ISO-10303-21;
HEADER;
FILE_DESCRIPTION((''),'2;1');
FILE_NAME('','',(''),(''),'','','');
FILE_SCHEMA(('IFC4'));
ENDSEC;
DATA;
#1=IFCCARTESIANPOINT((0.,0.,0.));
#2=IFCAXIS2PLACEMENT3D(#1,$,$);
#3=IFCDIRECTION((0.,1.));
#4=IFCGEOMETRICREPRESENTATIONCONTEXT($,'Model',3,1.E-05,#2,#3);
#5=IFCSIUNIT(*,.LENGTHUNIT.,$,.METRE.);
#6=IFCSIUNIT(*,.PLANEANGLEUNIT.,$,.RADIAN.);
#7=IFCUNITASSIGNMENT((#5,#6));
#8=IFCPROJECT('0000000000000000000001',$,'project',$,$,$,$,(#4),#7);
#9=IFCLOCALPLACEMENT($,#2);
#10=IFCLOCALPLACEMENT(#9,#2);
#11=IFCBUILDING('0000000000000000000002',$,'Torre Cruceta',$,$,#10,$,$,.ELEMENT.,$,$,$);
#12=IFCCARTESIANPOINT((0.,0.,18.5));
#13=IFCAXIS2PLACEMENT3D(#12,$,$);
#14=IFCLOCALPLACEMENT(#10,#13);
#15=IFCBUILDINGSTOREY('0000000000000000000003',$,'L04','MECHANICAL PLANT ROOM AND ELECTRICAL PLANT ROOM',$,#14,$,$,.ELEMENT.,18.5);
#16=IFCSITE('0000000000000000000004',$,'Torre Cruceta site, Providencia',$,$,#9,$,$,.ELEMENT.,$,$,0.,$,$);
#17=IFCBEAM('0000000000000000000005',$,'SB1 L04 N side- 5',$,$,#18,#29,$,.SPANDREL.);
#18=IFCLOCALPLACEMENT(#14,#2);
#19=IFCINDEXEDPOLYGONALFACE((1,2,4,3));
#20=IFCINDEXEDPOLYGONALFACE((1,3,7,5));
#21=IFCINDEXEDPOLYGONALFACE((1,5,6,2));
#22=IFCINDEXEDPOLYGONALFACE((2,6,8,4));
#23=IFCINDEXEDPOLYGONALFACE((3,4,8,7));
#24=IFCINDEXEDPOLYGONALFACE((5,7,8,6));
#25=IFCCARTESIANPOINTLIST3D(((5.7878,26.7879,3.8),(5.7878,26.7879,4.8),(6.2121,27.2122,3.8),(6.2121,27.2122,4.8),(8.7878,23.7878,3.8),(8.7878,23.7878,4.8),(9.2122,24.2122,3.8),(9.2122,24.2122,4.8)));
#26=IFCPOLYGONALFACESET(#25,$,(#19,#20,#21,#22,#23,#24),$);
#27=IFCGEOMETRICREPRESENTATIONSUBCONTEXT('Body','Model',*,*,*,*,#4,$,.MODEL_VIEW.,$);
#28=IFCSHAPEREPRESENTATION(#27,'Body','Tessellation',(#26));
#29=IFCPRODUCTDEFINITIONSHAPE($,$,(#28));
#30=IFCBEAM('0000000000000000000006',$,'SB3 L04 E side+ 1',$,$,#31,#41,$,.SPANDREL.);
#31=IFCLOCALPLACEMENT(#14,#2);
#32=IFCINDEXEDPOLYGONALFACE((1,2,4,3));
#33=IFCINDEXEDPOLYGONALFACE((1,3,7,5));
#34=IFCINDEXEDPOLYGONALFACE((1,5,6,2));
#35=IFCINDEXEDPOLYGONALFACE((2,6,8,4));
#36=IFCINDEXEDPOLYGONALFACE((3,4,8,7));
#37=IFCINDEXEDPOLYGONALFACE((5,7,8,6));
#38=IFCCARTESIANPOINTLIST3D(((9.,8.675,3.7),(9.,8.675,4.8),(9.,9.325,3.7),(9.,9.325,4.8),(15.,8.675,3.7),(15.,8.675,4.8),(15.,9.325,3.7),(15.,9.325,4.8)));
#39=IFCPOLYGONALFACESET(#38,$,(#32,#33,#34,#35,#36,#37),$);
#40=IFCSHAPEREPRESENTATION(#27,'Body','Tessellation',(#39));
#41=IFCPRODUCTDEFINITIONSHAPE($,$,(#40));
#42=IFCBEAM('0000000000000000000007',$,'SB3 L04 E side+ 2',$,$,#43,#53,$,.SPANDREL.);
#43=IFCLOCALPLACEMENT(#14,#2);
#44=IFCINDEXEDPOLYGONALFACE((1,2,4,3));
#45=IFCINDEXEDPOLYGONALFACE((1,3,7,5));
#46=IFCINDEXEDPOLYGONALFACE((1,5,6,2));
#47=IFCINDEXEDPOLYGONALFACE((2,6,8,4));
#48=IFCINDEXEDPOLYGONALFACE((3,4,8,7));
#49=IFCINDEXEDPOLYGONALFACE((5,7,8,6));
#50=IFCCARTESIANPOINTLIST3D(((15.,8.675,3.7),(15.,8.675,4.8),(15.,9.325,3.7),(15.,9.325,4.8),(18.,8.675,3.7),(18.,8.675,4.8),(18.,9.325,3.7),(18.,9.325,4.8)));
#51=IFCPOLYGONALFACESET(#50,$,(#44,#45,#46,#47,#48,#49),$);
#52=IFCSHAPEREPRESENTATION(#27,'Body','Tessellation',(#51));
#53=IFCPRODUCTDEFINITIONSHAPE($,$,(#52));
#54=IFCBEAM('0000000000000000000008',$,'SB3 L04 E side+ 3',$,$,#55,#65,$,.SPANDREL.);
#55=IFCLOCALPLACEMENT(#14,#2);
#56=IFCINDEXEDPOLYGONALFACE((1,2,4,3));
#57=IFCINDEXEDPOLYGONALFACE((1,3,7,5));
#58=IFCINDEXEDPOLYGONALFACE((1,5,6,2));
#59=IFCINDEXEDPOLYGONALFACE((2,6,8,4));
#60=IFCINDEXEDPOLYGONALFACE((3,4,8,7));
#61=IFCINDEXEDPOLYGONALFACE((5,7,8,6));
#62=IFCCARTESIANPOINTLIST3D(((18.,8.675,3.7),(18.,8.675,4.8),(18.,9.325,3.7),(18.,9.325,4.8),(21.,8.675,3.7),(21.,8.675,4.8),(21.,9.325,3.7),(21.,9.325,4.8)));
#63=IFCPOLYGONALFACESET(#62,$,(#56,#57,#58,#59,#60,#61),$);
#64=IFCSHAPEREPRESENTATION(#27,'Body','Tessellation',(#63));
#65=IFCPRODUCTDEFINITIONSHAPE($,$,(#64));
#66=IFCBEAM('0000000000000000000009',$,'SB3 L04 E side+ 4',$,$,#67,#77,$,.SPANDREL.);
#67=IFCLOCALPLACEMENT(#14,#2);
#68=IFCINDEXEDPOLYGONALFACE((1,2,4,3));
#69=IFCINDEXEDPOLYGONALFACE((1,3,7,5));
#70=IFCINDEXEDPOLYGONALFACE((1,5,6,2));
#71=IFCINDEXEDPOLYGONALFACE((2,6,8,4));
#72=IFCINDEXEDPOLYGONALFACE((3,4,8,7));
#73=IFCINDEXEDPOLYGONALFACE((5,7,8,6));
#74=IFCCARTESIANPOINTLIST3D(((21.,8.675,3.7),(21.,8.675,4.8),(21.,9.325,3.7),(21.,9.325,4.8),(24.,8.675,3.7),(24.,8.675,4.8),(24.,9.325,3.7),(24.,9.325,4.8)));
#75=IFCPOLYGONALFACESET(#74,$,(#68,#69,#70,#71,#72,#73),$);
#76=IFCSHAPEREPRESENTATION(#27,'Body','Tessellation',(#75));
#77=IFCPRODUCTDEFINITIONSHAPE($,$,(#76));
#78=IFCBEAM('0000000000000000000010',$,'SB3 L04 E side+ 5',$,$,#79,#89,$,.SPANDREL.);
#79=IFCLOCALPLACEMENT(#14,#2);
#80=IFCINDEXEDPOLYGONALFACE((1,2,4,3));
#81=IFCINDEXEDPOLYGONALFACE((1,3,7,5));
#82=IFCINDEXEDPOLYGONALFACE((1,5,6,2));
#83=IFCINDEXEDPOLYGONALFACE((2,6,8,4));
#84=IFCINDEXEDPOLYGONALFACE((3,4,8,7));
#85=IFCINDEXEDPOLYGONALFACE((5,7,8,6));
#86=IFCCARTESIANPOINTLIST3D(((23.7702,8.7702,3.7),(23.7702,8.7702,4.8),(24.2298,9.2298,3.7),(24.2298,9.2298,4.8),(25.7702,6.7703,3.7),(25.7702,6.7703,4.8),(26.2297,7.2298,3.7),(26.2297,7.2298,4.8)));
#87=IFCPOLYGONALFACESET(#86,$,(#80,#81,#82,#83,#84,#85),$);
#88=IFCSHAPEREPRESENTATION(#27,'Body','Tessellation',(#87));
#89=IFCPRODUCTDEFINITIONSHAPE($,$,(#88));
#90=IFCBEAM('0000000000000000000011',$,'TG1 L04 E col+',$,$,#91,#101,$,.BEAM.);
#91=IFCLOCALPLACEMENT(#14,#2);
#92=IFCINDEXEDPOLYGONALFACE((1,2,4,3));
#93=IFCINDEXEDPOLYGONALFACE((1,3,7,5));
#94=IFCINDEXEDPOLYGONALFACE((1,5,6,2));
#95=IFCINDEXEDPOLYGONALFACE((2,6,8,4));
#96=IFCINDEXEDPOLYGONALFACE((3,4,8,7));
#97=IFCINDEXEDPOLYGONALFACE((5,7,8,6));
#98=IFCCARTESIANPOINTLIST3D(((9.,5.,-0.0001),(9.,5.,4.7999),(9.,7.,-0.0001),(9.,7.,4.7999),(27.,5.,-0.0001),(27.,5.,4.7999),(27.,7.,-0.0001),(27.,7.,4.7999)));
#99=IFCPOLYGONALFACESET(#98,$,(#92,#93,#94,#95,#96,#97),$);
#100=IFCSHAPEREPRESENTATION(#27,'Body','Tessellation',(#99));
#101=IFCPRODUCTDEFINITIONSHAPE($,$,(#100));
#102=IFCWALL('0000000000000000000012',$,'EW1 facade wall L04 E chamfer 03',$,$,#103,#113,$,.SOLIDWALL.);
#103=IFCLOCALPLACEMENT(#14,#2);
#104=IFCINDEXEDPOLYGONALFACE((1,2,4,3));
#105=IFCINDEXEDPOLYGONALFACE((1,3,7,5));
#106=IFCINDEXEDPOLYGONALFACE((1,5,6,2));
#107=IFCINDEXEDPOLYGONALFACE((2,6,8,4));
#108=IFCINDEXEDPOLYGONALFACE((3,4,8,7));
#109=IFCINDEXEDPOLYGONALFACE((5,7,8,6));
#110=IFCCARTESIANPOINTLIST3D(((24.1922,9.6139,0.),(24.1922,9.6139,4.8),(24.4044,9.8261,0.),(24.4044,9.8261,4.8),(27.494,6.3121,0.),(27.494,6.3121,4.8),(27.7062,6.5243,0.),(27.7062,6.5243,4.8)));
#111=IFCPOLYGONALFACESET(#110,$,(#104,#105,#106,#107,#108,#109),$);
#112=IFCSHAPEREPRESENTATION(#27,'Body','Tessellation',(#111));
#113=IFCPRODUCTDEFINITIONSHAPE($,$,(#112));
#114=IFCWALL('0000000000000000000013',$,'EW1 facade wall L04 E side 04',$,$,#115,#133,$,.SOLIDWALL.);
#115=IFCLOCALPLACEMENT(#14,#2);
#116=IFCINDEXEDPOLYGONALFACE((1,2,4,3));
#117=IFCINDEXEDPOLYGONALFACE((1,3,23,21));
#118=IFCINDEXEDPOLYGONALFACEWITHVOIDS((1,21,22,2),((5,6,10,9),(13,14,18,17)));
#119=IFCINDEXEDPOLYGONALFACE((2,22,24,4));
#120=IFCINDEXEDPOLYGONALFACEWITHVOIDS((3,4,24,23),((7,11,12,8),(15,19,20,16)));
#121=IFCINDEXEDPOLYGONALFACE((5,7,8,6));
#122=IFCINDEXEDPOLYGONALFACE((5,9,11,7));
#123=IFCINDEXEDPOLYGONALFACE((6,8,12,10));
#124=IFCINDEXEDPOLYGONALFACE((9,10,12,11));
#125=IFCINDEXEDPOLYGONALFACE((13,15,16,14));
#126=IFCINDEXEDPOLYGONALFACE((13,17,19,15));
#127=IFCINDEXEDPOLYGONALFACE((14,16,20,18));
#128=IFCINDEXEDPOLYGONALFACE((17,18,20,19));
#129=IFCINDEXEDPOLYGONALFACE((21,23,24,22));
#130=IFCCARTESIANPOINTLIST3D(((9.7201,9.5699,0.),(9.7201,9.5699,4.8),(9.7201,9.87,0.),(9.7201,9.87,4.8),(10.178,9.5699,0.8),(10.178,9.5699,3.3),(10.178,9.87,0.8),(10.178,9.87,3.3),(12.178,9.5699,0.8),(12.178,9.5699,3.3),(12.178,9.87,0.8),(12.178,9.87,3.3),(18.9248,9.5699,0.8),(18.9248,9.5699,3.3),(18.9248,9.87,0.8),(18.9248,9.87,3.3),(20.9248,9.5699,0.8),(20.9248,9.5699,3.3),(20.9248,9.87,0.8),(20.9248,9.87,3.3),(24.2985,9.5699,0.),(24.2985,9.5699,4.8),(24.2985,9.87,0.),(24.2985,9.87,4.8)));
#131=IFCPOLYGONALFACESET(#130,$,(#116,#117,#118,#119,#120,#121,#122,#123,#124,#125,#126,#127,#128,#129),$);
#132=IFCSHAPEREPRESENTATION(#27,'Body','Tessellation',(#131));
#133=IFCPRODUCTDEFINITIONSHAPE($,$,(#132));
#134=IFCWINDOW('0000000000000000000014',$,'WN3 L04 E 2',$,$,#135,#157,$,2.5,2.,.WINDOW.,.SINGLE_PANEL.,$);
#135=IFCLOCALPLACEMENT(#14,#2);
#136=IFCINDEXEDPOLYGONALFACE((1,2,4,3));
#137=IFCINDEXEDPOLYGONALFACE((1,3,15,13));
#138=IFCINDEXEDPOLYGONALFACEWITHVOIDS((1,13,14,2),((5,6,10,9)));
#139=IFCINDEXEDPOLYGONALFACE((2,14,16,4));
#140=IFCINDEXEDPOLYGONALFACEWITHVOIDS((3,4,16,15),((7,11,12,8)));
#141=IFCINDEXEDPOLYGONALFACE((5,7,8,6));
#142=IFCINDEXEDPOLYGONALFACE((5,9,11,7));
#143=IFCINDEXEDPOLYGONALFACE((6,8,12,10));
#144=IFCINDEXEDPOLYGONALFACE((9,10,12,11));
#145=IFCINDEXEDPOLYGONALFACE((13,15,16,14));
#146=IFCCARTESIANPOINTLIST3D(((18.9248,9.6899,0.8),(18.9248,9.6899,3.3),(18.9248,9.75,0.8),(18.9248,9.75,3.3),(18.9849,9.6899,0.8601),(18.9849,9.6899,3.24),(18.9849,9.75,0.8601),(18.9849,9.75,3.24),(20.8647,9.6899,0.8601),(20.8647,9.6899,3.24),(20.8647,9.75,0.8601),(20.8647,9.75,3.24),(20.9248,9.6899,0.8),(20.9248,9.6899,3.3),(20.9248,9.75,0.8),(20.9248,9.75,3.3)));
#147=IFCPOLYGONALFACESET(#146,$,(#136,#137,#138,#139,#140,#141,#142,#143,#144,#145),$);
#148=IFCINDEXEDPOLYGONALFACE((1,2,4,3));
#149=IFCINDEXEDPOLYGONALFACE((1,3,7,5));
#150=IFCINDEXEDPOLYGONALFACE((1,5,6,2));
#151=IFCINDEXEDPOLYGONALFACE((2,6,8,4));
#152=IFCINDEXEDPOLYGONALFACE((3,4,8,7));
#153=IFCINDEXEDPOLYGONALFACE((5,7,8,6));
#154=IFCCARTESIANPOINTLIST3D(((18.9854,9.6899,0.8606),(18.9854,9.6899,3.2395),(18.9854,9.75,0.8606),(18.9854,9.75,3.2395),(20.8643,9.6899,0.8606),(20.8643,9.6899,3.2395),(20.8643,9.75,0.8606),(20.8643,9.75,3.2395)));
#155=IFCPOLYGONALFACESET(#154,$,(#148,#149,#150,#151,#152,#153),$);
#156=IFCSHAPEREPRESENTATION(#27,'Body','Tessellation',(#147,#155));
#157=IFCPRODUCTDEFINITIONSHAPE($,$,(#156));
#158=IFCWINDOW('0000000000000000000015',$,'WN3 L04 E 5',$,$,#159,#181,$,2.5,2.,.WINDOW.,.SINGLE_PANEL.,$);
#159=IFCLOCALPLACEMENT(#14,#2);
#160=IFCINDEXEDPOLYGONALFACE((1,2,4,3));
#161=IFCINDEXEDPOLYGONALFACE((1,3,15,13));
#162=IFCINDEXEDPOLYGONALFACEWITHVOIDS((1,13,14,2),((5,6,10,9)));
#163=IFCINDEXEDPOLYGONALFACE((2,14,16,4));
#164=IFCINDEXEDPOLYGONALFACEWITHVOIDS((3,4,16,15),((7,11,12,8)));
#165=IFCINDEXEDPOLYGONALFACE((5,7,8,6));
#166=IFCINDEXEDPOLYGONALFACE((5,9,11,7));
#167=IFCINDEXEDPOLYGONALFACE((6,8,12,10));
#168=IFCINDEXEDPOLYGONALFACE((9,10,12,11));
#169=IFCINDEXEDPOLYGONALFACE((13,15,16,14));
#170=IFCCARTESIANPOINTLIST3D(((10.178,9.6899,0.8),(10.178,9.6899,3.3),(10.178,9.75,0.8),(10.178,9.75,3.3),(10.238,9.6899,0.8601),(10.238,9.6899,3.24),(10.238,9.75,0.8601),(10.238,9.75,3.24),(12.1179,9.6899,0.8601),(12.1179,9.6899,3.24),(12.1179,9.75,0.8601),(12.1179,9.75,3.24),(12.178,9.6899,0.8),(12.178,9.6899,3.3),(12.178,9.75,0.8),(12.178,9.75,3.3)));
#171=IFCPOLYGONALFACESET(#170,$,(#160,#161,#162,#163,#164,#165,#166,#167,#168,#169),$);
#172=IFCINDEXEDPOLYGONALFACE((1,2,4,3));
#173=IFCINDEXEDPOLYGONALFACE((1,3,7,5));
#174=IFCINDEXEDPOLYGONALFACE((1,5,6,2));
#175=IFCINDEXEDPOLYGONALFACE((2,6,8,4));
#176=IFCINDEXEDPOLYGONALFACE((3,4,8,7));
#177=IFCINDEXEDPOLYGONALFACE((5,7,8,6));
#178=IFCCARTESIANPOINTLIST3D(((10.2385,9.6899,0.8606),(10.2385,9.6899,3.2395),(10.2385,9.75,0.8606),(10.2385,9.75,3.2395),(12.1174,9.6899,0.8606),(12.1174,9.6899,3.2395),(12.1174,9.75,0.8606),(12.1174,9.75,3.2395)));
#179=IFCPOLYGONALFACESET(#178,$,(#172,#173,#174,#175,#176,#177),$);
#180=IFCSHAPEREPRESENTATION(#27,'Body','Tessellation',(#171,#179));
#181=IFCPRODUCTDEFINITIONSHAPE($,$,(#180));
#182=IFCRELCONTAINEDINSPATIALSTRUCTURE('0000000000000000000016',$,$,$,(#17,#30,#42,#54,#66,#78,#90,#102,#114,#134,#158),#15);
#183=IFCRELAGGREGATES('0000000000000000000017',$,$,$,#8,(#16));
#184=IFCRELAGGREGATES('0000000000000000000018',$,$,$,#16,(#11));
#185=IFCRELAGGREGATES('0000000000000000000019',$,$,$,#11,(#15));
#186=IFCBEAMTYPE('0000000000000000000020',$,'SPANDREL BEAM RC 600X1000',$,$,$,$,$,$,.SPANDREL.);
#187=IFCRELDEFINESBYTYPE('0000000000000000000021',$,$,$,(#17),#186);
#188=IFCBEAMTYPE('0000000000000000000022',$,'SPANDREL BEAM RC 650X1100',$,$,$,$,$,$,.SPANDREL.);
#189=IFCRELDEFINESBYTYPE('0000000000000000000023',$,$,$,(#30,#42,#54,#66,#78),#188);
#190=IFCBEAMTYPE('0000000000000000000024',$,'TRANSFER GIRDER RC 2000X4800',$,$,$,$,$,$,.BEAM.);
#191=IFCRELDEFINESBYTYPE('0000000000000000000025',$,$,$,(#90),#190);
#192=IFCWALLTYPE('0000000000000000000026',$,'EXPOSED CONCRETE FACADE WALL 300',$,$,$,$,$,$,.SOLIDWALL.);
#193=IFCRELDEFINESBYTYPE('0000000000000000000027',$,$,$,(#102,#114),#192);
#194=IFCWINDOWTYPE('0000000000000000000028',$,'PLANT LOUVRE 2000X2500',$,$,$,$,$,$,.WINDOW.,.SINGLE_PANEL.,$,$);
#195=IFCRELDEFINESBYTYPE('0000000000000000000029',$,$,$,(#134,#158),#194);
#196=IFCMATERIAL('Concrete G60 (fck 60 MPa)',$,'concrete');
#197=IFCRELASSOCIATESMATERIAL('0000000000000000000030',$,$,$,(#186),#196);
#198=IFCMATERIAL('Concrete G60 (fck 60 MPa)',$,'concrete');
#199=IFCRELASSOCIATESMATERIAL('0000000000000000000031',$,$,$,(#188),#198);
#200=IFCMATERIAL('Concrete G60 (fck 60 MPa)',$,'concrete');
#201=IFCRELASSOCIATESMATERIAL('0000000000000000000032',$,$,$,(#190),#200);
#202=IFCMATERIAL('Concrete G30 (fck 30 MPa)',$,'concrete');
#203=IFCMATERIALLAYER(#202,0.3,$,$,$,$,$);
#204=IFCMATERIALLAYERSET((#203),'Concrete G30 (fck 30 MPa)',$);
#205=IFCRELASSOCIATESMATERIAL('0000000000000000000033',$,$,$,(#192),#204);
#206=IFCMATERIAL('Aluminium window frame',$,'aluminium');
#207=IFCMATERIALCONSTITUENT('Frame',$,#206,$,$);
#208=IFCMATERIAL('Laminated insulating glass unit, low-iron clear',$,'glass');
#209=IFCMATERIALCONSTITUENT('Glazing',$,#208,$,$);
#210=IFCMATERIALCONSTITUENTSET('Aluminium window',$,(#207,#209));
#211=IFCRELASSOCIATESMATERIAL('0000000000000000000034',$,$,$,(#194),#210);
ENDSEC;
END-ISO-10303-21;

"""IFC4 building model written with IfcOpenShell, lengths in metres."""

from ifc_helpers import new_model, si_unit, direction, frame, frame_2d, origin, origin_2d, place, context, subcontext, project, spatial, rectangle, hollow_rectangle, extrude, material, layer, layer_set, constituent, constituent_set, material_profile, profile_set, type_object, element, fill, save


model = new_model("IFC4")

# Units and contexts
model_context = context("Model", 3, precision=1e-05, world=origin(), true_north=direction((0.0, 1.0)))
body_context = subcontext(model_context, "Body", "Model", "MODEL_VIEW")
ifc_project = project(units=[si_unit("LENGTHUNIT", "METRE"), si_unit("PLANEANGLEUNIT", "RADIAN")], contexts=[model_context])

# Site, building, storey
site_placement = place(None, origin())
site = spatial("IfcSite", under=ifc_project, at=site_placement, Name="Torre Cruceta site, Providencia", CompositionType="ELEMENT", RefElevation=0.0)
building_placement = place(site_placement, origin())
building = spatial("IfcBuilding", under=site, at=building_placement, Name="Torre Cruceta", CompositionType="ELEMENT")
storey_placement = place(building_placement, frame((0.0, 0.0, 18.5)))
storey = spatial("IfcBuildingStorey", under=building, at=storey_placement, Name="L04", Description="MECHANICAL PLANT ROOM AND ELECTRICAL PLANT ROOM", CompositionType="ELEMENT", Elevation=18.5)

# Beams
ifc_material_1 = material(Name="Concrete G60 (fck 60 MPa)", Category="concrete")
ifc_material_profile_1 = material_profile(ifc_material_1, rectangle(XDim=0.6001, YDim=1.0, at=origin_2d()), Name="RC 600X1000")
ifc_profile_set_1 = profile_set([ifc_material_profile_1], Name="Concrete G60 (fck 60 MPa)")
beam_type_1 = type_object("IfcBeamType", Name="SPANDREL BEAM RC 600X1000", PredefinedType="SPANDREL", material=ifc_profile_set_1)
beam_1_placement = place(storey_placement, frame((9.0, 24.0, 4.3), z_axis=(-0.707107, 0.707107, 0.0), x_axis=(-0.707107, -0.707107, 0.0)))
element("IfcBeam", 1, at=beam_1_placement, inside=storey, type_object=beam_type_1, Name="SB1 L04 N side- 5", PredefinedType="SPANDREL", context=body_context, shape_type="SweptSolid", body=[
    extrude(rectangle(XDim=0.6001, YDim=1.0, at=origin_2d()), origin(), (0.0, 0.0, 1.0), 4.2427),
])
ifc_material_2 = material(Name="Concrete G60 (fck 60 MPa)", Category="concrete")
ifc_material_profile_2 = material_profile(ifc_material_2, rectangle(XDim=0.6499, YDim=1.1001, at=origin_2d()), Name="RC 650X1100")
ifc_profile_set_2 = profile_set([ifc_material_profile_2], Name="Concrete G60 (fck 60 MPa)")
beam_type_2 = type_object("IfcBeamType", Name="SPANDREL BEAM RC 650X1100", PredefinedType="SPANDREL", material=ifc_profile_set_2)
beam_2_placement = place(storey_placement, frame((9.0, 9.0, 4.25), z_axis=(1.0, 0.0, 0.0), x_axis=(0.0, 1.0, 0.0)))
element("IfcBeam", 2, at=beam_2_placement, inside=storey, type_object=beam_type_2, Name="SB3 L04 E side+ 1", PredefinedType="SPANDREL", context=body_context, shape_type="SweptSolid", body=[
    extrude(rectangle(XDim=0.6499, YDim=1.1001, at=origin_2d()), origin(), (0.0, 0.0, 1.0), 6.0),
])
for number, where, z_axis, x_axis, name in (
    (3, (15.0, 9.0, 4.25), (1.0, 0.0, 0.0), (0.0, 1.0, 0.0), "SB3 L04 E side+ 2"),
    (4, (18.0, 9.0, 4.25), (1.0, 0.0, 0.0), (0.0, 1.0, 0.0), "SB3 L04 E side+ 3"),
    (5, (21.0, 9.0, 4.25), (1.0, 0.0, 0.0), (0.0, 1.0, 0.0), "SB3 L04 E side+ 4"),
):
    element("IfcBeam", number, at=place(storey_placement, frame(where, z_axis=z_axis, x_axis=x_axis)), inside=storey, type_object=beam_type_2, Name=name, PredefinedType="SPANDREL", context=body_context, shape_type="SweptSolid", body=[
        extrude(rectangle(XDim=0.6499, YDim=1.1001, at=origin_2d()), origin(), (0.0, 0.0, 1.0), 3.0),
    ])
beam_3_placement = place(storey_placement, frame((24.0, 9.0, 4.25), z_axis=(0.707107, -0.707107, 0.0), x_axis=(0.707107, 0.707107, 0.0)))
element("IfcBeam", 6, at=beam_3_placement, inside=storey, type_object=beam_type_2, Name="SB3 L04 E side+ 5", PredefinedType="SPANDREL", context=body_context, shape_type="SweptSolid", body=[
    extrude(rectangle(XDim=0.6499, YDim=1.1001, at=origin_2d()), origin(), (0.0, 0.0, 1.0), 2.8284),
])
ifc_material_3 = material(Name="Concrete G60 (fck 60 MPa)", Category="concrete")
ifc_material_profile_3 = material_profile(ifc_material_3, rectangle(XDim=2.0, YDim=4.8, at=origin_2d()), Name="RC 2000X4800")
ifc_profile_set_3 = profile_set([ifc_material_profile_3], Name="Concrete G60 (fck 60 MPa)")
beam_type_3 = type_object("IfcBeamType", Name="TRANSFER GIRDER RC 2000X4800", PredefinedType="BEAM", material=ifc_profile_set_3)
beam_4_placement = place(storey_placement, frame((9.0, 6.0, 2.3999), z_axis=(1.0, 0.0, 0.0), x_axis=(0.0, 1.0, 0.0)))
element("IfcBeam", 7, at=beam_4_placement, inside=storey, type_object=beam_type_3, Name="TG1 L04 E col+", PredefinedType="BEAM", context=body_context, shape_type="SweptSolid", body=[
    extrude(rectangle(XDim=2.0, YDim=4.8, at=origin_2d()), origin(), (0.0, 0.0, 1.0), 18.0),
])

# Wall
ifc_material_4 = material(Name="Concrete G30 (fck 30 MPa)", Category="concrete")
ifc_layer_1 = layer(ifc_material_4, 0.3)
ifc_layer_set_1 = layer_set([ifc_layer_1], Name="Concrete G30 (fck 30 MPa)")
wall_type_1 = type_object("IfcWallType", Name="EXPOSED CONCRETE FACADE WALL 300", PredefinedType="SOLIDWALL", material=ifc_layer_set_1)
wall_1_placement = place(storey_placement, frame((27.6001, 6.4182, 0.0), z_axis=(0.0, 0.0, 1.0), x_axis=(-0.707107, 0.707107, 0.0)))
element("IfcWall", 8, at=wall_1_placement, inside=storey, type_object=wall_type_1, Name="EW1 facade wall L04 E chamfer 03", PredefinedType="SOLIDWALL", context=body_context, shape_type="SweptSolid", body=[
    extrude(rectangle(XDim=4.6694, YDim=0.3, at=frame_2d((2.3347, 0.0))), origin(), (0.0, 0.0, 1.0), 4.8),
])

# Wall, openings, windows
wall_2_placement = place(storey_placement, frame((24.2983, 9.72, 0.0), z_axis=(0.0, 0.0, 1.0), x_axis=(-1.0, 0.0, 0.0)))
wall_2 = element("IfcWall", 9, at=wall_2_placement, inside=storey, type_object=wall_type_1, Name="EW1 facade wall L04 E side 04", PredefinedType="SOLIDWALL", context=body_context, shape_type="SweptSolid", body=[
    extrude(rectangle(XDim=14.5784, YDim=0.3, at=frame_2d((7.2891, 0.0))), origin(), (0.0, 0.0, 1.0), 4.8),
])
opening_1_placement = place(wall_2_placement, frame((3.3735, 0.0, 0.8)))
opening_1 = element("IfcOpeningElement", 10, at=opening_1_placement, cuts=wall_2, PredefinedType="OPENING", context=body_context, shape_type="SweptSolid", body=[
    extrude(rectangle(XDim=2.0, YDim=2.5, at=frame_2d((1.0, 1.25))), frame((0.0, 0.1599, 0.0), z_axis=(0.0, -1.0, 0.0), x_axis=(1.0, 0.0, 0.0)), (0.0, 0.0, 1.0), 0.3201),
])
opening_2_placement = place(wall_2_placement, frame((12.1204, 0.0, 0.8)))
opening_2 = element("IfcOpeningElement", 11, at=opening_2_placement, cuts=wall_2, PredefinedType="OPENING", context=body_context, shape_type="SweptSolid", body=[
    extrude(rectangle(XDim=2.0, YDim=2.5, at=frame_2d((1.0, 1.25))), frame((0.0, 0.1599, 0.0), z_axis=(0.0, -1.0, 0.0), x_axis=(1.0, 0.0, 0.0)), (0.0, 0.0, 1.0), 0.3201),
])
ifc_material_5 = material(Name="Aluminium window frame", Category="aluminium")
ifc_constituent_1 = constituent(ifc_material_5, Name="Frame")
ifc_material_6 = material(Name="Laminated insulating glass unit, low-iron clear", Category="glass")
ifc_constituent_2 = constituent(ifc_material_6, Name="Glazing")
ifc_constituent_set_1 = constituent_set(constituents=[ifc_constituent_1, ifc_constituent_2], Name="Aluminium window")
window_type = type_object("IfcWindowType", Name="PLANT LOUVRE 2000X2500", PartitioningType="SINGLE_PANEL", PredefinedType="WINDOW", material=ifc_constituent_set_1)
window_1_placement = place(opening_1_placement, origin())
window_1 = element("IfcWindow", 12, at=window_1_placement, inside=storey, type_object=window_type, Name="WN3 L04 E 2", OverallHeight=2.5, OverallWidth=2.0, PartitioningType="SINGLE_PANEL", PredefinedType="WINDOW", context=body_context, shape_type="SweptSolid", body=[
    extrude(hollow_rectangle(XDim=2.0, YDim=2.5, WallThickness=0.0601, at=frame_2d((1.0, 1.25))), frame((0.0, 0.03, 0.0), z_axis=(0.0, -1.0, 0.0), x_axis=(1.0, 0.0, 0.0)), (0.0, 0.0, 1.0), 0.0601),
    extrude(rectangle(XDim=1.8789, YDim=2.3789, at=frame_2d((1.0, 1.25))), frame((0.0, 0.03, 0.0), z_axis=(0.0, -1.0, 0.0), x_axis=(1.0, 0.0, 0.0)), (0.0, 0.0, 1.0), 0.0601),
])
fill(opening_1, window_1)
window_2_placement = place(opening_2_placement, origin())
window_2 = element("IfcWindow", 13, at=window_2_placement, inside=storey, type_object=window_type, Name="WN3 L04 E 5", OverallHeight=2.5, OverallWidth=2.0, PartitioningType="SINGLE_PANEL", PredefinedType="WINDOW", context=body_context, shape_type="SweptSolid", body=[
    extrude(hollow_rectangle(XDim=2.0, YDim=2.5, WallThickness=0.0601, at=frame_2d((1.0, 1.25))), frame((0.0, 0.03, 0.0), z_axis=(0.0, -1.0, 0.0), x_axis=(1.0, 0.0, 0.0)), (0.0, 0.0, 1.0), 0.0601),
    extrude(rectangle(XDim=1.8789, YDim=2.3789, at=frame_2d((1.0, 1.25))), frame((0.0, 0.03, 0.0), z_axis=(0.0, -1.0, 0.0), x_axis=(1.0, 0.0, 0.0)), (0.0, 0.0, 1.0), 0.0601),
])
fill(opening_2, window_2)

save(model, "model.ifc")
